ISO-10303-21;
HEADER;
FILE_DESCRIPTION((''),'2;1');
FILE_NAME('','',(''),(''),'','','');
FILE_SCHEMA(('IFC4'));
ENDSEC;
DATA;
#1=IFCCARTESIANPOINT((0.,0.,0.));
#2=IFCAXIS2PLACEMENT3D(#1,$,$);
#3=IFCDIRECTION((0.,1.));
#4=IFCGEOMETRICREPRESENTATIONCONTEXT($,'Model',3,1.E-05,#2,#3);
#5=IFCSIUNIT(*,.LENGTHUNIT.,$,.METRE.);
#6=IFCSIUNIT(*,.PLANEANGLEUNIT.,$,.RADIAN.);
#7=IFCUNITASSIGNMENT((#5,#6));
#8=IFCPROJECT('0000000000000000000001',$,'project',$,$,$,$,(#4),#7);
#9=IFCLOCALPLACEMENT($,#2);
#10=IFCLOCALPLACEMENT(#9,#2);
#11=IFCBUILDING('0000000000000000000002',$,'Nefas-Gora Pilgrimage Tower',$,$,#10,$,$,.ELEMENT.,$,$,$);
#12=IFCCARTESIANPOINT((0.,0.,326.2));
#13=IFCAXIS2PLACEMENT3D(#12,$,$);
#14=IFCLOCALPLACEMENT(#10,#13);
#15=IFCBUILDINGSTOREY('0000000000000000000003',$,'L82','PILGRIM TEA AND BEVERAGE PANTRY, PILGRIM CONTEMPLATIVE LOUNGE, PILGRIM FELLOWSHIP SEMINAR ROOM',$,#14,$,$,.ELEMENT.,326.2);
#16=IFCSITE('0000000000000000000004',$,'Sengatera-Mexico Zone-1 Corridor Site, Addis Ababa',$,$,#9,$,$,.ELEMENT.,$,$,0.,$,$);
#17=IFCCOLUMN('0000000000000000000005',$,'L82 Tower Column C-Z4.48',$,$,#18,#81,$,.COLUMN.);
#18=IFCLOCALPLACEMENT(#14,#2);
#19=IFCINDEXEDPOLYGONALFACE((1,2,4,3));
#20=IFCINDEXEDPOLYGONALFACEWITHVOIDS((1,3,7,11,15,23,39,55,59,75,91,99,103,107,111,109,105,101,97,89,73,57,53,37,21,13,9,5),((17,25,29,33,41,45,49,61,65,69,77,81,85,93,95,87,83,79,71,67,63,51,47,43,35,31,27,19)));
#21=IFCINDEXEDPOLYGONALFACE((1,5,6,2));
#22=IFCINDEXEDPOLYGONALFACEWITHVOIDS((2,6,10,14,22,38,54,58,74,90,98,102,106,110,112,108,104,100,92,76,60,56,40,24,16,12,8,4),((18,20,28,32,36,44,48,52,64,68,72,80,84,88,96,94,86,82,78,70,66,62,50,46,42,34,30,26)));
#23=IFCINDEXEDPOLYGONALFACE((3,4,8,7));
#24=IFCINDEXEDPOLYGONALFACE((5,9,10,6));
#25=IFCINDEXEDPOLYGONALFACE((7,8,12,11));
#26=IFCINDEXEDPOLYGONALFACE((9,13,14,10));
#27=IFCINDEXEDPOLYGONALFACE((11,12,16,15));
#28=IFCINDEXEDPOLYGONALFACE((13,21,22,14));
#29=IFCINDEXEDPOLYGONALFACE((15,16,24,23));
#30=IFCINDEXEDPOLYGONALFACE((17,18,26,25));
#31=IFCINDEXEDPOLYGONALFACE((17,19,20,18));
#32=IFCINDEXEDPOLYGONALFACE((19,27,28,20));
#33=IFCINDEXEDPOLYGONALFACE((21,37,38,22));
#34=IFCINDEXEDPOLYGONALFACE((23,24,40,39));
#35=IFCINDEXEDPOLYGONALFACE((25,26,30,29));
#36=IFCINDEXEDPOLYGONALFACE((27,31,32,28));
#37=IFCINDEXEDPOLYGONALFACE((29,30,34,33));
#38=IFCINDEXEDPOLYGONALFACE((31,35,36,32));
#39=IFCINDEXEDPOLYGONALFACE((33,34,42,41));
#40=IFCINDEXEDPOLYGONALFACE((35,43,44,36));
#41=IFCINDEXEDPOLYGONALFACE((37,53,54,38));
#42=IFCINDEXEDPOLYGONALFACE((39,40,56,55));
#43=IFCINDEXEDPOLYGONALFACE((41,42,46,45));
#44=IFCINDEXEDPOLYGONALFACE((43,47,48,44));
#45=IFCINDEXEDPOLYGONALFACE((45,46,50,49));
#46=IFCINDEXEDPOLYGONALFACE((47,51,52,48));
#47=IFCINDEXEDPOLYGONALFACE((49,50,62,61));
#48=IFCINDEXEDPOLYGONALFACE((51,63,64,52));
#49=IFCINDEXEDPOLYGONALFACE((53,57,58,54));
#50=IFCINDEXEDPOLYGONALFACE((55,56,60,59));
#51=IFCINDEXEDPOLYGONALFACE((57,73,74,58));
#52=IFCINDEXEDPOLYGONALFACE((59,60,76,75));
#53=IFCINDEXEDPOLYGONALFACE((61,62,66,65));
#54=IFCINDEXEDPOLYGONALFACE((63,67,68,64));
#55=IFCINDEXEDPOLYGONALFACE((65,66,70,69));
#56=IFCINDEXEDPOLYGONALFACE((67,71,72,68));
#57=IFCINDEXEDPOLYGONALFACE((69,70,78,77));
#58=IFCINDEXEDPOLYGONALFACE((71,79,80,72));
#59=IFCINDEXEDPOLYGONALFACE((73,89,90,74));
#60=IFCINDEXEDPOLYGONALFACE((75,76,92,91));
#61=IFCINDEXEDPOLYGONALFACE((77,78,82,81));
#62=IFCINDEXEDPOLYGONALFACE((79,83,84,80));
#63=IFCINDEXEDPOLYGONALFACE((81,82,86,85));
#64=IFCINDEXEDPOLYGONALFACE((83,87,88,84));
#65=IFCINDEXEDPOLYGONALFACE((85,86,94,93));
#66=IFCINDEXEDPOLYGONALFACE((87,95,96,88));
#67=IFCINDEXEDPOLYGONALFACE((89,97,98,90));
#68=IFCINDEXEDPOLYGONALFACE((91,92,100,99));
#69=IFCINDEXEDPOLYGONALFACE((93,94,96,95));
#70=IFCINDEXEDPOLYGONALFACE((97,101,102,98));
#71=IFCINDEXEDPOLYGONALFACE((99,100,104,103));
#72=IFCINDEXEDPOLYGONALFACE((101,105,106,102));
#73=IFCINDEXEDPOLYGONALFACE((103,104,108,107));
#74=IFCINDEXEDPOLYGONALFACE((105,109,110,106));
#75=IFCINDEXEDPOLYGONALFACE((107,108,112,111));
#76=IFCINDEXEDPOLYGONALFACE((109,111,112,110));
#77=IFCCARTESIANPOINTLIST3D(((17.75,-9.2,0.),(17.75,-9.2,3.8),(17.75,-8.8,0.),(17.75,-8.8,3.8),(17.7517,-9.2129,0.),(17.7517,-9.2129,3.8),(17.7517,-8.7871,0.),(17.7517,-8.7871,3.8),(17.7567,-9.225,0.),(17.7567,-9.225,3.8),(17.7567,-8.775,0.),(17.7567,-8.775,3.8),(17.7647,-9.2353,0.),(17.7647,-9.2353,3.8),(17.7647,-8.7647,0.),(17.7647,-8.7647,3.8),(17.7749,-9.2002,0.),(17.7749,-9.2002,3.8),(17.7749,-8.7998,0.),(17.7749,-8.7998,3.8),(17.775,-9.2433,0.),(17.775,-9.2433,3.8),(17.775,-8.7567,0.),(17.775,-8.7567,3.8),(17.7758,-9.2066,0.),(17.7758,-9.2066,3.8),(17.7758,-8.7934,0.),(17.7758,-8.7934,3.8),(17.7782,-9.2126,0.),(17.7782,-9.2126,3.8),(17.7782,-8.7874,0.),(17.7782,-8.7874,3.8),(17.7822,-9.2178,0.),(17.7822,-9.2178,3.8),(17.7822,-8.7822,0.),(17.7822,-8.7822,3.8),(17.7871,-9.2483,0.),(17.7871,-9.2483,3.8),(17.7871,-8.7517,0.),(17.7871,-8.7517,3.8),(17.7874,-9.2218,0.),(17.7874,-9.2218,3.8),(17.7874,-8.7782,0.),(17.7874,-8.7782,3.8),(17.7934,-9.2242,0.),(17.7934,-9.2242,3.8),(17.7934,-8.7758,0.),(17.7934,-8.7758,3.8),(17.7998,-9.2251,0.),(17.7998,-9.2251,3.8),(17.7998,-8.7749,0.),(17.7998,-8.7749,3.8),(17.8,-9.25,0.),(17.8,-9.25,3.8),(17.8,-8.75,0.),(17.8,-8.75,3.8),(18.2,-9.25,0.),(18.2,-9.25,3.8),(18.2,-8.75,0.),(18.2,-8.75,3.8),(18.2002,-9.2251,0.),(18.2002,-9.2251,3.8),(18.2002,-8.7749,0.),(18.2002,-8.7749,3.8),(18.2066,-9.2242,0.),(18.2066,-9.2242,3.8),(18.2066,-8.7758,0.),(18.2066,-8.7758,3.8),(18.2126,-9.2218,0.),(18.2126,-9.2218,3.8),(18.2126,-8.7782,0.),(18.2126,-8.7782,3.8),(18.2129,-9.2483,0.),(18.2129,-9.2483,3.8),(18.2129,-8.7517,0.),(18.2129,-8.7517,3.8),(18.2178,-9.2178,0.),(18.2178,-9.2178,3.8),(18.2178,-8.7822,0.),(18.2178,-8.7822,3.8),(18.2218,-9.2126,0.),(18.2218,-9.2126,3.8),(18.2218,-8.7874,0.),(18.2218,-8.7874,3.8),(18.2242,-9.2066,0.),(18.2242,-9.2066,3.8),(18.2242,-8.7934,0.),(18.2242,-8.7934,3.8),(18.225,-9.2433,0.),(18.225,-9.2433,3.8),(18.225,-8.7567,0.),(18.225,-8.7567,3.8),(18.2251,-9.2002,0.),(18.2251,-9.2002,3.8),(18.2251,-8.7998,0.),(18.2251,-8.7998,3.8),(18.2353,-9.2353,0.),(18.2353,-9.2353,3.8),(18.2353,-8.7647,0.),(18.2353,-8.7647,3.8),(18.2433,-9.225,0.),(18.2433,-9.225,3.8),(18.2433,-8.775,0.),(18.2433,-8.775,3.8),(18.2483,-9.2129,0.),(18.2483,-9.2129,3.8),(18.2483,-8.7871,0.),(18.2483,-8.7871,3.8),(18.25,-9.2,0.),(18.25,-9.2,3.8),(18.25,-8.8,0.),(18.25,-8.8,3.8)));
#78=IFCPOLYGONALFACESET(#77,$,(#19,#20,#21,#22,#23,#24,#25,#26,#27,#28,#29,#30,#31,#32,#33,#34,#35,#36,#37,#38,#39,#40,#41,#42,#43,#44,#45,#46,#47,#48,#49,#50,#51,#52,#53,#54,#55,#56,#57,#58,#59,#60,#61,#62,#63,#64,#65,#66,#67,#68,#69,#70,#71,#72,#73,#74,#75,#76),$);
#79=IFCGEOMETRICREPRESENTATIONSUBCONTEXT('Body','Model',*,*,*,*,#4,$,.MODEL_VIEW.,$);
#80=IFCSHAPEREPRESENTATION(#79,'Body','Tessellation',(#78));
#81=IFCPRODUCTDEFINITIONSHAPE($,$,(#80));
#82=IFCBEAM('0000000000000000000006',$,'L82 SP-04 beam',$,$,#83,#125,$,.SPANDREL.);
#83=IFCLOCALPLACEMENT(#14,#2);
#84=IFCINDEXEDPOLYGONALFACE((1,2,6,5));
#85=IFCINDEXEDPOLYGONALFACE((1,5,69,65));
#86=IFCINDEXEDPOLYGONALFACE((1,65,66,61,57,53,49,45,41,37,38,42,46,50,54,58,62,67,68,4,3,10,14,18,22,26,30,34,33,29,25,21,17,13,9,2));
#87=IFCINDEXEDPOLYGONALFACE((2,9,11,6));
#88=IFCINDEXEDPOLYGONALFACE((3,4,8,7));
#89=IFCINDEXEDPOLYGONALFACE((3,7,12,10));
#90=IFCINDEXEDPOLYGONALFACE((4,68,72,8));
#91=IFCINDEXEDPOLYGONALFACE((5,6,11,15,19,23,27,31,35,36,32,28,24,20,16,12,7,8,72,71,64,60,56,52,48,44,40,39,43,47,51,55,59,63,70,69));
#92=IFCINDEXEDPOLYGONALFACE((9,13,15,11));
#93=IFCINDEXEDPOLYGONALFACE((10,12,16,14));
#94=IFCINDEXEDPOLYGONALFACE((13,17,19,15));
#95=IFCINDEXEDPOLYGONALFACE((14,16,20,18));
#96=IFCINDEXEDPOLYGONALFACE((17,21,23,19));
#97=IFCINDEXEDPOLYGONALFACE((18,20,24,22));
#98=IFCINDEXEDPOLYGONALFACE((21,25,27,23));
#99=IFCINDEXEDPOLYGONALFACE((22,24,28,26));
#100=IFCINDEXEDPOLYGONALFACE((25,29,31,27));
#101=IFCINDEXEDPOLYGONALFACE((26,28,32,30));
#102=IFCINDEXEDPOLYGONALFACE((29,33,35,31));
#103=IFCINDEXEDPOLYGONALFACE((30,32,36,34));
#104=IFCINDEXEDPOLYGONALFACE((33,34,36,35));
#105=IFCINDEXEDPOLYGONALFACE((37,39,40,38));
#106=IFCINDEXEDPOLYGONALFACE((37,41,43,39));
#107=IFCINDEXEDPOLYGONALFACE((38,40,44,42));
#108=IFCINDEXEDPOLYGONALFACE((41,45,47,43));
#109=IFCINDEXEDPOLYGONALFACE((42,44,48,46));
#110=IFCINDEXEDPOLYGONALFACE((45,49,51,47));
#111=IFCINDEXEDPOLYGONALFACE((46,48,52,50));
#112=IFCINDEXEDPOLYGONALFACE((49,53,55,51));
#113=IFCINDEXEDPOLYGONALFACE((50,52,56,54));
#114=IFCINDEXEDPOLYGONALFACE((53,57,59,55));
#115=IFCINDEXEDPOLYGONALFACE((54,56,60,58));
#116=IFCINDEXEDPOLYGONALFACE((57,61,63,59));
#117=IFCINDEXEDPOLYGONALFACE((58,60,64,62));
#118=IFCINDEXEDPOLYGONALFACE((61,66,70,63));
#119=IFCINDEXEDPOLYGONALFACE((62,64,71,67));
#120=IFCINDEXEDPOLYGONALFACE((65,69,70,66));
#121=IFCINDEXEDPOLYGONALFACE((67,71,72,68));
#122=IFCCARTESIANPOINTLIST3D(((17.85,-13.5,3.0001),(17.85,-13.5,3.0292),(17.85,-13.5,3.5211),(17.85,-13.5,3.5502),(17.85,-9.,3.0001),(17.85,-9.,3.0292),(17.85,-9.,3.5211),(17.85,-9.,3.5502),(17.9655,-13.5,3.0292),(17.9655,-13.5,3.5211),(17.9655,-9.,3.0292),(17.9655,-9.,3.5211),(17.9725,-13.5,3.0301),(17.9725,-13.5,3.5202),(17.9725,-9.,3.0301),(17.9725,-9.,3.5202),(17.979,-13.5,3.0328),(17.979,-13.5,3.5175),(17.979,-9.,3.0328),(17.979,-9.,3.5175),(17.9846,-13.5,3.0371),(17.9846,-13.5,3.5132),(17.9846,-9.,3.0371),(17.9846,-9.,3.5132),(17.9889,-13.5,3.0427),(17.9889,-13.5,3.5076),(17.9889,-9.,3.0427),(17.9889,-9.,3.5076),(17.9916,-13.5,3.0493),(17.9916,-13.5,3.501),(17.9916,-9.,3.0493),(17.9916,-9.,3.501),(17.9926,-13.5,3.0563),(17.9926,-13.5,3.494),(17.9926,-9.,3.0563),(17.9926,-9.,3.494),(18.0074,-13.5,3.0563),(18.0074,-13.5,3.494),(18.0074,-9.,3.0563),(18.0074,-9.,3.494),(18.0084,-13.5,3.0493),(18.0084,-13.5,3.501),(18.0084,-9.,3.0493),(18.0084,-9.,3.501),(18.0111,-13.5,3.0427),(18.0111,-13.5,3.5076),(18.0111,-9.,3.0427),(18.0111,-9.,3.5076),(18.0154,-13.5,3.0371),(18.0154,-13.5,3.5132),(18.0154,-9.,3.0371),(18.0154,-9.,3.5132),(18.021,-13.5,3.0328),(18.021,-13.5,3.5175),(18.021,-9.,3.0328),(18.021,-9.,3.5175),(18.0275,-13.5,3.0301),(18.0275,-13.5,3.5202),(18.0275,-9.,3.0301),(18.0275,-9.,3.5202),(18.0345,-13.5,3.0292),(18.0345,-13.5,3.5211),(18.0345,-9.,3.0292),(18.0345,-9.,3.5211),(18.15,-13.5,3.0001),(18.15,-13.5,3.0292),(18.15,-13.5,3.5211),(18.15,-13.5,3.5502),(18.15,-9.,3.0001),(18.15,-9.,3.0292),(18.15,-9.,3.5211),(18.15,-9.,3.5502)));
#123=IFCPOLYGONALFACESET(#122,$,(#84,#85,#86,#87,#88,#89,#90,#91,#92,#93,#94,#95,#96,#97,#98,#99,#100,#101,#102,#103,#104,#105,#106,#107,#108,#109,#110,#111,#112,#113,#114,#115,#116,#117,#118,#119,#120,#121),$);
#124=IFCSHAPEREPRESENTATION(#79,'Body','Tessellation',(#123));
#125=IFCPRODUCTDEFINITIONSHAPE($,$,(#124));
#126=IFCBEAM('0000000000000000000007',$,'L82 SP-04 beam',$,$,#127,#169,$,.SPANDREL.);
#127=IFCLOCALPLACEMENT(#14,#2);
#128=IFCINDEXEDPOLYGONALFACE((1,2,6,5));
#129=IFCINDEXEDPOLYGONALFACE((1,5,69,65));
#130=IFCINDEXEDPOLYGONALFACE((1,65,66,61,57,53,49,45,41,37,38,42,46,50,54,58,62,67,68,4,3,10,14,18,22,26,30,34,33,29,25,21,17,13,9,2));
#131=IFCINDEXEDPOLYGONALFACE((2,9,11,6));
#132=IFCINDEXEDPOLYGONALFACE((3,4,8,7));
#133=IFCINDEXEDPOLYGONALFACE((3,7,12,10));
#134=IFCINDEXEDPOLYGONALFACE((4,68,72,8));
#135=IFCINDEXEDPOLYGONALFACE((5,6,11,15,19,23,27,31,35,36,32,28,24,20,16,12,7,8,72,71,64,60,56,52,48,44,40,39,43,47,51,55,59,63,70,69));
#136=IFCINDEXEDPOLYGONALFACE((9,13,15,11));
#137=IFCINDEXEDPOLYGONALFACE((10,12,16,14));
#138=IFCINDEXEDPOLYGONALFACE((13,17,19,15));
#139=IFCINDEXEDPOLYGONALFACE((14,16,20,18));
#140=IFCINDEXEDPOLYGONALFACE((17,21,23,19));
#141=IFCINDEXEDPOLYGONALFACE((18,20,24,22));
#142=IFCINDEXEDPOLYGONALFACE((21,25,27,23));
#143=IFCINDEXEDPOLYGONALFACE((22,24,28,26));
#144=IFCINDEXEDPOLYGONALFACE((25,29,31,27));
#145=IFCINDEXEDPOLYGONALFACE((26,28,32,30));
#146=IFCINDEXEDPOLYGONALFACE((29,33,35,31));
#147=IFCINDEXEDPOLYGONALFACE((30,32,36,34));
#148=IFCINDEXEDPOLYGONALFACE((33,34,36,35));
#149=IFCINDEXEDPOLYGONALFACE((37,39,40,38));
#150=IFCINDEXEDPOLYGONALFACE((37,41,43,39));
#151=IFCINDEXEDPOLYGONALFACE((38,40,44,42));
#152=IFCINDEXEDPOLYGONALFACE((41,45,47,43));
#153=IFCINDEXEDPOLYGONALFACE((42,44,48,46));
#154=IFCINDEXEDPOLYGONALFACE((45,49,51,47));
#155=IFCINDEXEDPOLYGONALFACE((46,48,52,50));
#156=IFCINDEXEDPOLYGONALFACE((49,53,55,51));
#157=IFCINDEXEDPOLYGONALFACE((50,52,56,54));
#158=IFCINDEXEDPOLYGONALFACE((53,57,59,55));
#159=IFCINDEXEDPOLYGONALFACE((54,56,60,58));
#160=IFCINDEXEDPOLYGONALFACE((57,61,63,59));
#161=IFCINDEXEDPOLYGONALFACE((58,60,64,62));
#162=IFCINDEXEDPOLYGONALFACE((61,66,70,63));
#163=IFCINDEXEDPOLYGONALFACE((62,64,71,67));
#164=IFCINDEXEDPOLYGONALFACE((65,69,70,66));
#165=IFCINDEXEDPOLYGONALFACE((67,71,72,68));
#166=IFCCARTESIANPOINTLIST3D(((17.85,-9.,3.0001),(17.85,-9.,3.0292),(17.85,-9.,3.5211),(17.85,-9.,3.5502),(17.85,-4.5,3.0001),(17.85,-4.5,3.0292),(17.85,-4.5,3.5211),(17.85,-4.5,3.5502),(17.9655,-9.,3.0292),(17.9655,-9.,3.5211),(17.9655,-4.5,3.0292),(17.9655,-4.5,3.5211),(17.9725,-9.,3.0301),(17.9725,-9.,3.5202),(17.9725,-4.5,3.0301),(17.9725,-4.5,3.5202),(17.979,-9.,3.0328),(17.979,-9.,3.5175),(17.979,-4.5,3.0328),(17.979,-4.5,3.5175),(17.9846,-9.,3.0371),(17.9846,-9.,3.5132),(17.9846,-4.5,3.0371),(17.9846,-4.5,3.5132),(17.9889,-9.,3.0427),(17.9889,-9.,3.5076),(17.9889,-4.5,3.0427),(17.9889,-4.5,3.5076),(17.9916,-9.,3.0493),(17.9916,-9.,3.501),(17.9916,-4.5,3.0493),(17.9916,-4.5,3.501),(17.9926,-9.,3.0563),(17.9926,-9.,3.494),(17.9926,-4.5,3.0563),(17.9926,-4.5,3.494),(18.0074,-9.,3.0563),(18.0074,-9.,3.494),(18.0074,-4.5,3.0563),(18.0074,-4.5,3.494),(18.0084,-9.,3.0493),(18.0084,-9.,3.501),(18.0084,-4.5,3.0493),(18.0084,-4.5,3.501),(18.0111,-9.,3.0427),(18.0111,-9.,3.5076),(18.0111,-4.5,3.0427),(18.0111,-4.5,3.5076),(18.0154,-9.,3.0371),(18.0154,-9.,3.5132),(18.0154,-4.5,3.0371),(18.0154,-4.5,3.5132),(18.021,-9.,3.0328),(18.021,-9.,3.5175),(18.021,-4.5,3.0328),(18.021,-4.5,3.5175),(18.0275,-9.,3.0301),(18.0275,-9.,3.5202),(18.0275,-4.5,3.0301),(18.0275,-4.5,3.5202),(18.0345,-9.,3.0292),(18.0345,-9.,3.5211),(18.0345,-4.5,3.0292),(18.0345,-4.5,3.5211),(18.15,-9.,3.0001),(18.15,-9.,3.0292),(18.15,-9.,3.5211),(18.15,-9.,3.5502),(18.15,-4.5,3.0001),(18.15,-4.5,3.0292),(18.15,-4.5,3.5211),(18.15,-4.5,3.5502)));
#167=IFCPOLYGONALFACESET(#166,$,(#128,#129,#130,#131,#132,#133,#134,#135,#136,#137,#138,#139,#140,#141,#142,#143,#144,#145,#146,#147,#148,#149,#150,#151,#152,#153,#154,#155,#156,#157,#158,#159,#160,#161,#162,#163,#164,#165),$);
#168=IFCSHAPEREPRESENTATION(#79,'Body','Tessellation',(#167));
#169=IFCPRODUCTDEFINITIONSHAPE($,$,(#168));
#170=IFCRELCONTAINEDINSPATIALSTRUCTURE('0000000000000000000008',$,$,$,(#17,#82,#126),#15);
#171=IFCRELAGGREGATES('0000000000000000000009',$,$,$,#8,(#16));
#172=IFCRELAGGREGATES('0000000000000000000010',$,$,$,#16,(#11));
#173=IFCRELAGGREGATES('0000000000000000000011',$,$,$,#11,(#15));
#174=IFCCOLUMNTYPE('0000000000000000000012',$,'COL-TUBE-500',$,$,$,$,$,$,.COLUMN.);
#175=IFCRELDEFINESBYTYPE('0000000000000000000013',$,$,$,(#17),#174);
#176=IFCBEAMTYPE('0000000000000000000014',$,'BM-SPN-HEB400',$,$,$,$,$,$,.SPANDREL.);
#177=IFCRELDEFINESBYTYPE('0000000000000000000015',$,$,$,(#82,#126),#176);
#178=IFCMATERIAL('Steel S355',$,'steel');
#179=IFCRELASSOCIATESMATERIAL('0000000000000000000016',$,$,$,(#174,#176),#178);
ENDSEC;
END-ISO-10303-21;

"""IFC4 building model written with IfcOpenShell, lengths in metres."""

from ifc_helpers import new_model, si_unit, direction, frame, origin, origin_2d, place, context, subcontext, project, spatial, hollow_rectangle, i_section, extrude, source, transform, mapped, material, material_profile, profile_set, type_object, element, save


model = new_model("IFC4")

# Units and contexts
model_context = context("Model", 3, precision=1e-05, world=origin(), true_north=direction((0.0, 1.0)))
body_context = subcontext(model_context, "Body", "Model", "MODEL_VIEW")
ifc_project = project(units=[si_unit("LENGTHUNIT", "METRE"), si_unit("PLANEANGLEUNIT", "RADIAN")], contexts=[model_context])

# Site, building, storey
site_placement = place(None, origin())
site = spatial("IfcSite", under=ifc_project, at=site_placement, Name="Sengatera-Mexico Zone-1 Corridor Site, Addis Ababa", CompositionType="ELEMENT", RefElevation=0.0)
building_placement = place(site_placement, origin())
building = spatial("IfcBuilding", under=site, at=building_placement, Name="Nefas-Gora Pilgrimage Tower", CompositionType="ELEMENT")
storey_placement = place(building_placement, frame((0.0, 0.0, 326.2)))
storey = spatial("IfcBuildingStorey", under=building, at=storey_placement, Name="L82", Description="PILGRIM TEA AND BEVERAGE PANTRY, PILGRIM CONTEMPLATIVE LOUNGE, PILGRIM FELLOWSHIP SEMINAR ROOM", CompositionType="ELEMENT", Elevation=326.2)

# Column
ifc_material_1 = material(Name="Steel S355", Category="steel")
ifc_material_profile_1 = material_profile(ifc_material_1, hollow_rectangle(XDim=0.5, YDim=0.5, WallThickness=0.0249, InnerFilletRadius=0.0249, OuterFilletRadius=0.05, at=origin_2d()), Name="SHS 500x500x25")
ifc_profile_set_1 = profile_set([ifc_material_profile_1], Name="Steel S355")
column_type_1 = type_object("IfcColumnType", Name="COL-TUBE-500", PredefinedType="COLUMN", material=ifc_profile_set_1)
shared_shape_1 = source(origin(), body_context, "Body", "SweptSolid", [
    extrude(hollow_rectangle(XDim=0.5, YDim=0.5, WallThickness=0.0249, InnerFilletRadius=0.0249, OuterFilletRadius=0.05, at=origin_2d()), origin(), (0.0, 0.0, 1.0), 3.8),
])
for number, where, z_axis, x_axis, name in (
    (1, (18.0, -9.0, 0.0), (0.0, 0.0, 1.0), (1.0, 0.0, 0.0), "L82 Tower Column C-Z4.48"),
):
    element("IfcColumn", number, at=place(storey_placement, frame(where, z_axis=z_axis, x_axis=x_axis)), inside=storey, type_object=column_type_1, Name=name, PredefinedType="COLUMN", context=body_context, shape_type="MappedRepresentation", body=[
        mapped(shared_shape_1, transform((0.0, 0.0, 0.0), x_axis=(1.0, 0.0, 0.0), y_axis=(0.0, 1.0, 0.0), z_axis=(0.0, 0.0, 1.0), scale=1.0)),
    ])

# Beams
ifc_material_profile_2 = material_profile(ifc_material_1, i_section(OverallWidth=0.3, OverallDepth=0.55, WebThickness=0.0149, FlangeThickness=0.0291, FilletRadius=0.0271, at=origin_2d()), Name="HEB 550")
ifc_profile_set_2 = profile_set([ifc_material_profile_2], Name="Steel S355")
beam_type_1 = type_object("IfcBeamType", Name="BM-SPN-HEB400", PredefinedType="SPANDREL", material=ifc_profile_set_2)
shared_shape_2 = source(origin(), body_context, "Body", "SweptSolid", [
    extrude(i_section(OverallWidth=0.3, OverallDepth=0.55, WebThickness=0.0149, FlangeThickness=0.0291, FilletRadius=0.0271, at=origin_2d()), origin(), (0.0, 0.0, 1.0), 4.5),
])
for number, where, z_axis, x_axis, name in (
    (2, (18.0, -13.5, 3.2751), (0.0, 1.0, 0.0), (-1.0, 0.0, 0.0), "L82 SP-04 beam"),
    (3, (18.0, -9.0, 3.2751), (0.0, 1.0, 0.0), (-1.0, 0.0, 0.0), "L82 SP-04 beam"),
):
    element("IfcBeam", number, at=place(storey_placement, frame(where, z_axis=z_axis, x_axis=x_axis)), inside=storey, type_object=beam_type_1, Name=name, PredefinedType="SPANDREL", context=body_context, shape_type="MappedRepresentation", body=[
        mapped(shared_shape_2, transform((0.0, 0.0, 0.0), x_axis=(1.0, 0.0, 0.0), y_axis=(0.0, 1.0, 0.0), z_axis=(0.0, 0.0, 1.0), scale=1.0)),
    ])

save(model, "model.ifc")
